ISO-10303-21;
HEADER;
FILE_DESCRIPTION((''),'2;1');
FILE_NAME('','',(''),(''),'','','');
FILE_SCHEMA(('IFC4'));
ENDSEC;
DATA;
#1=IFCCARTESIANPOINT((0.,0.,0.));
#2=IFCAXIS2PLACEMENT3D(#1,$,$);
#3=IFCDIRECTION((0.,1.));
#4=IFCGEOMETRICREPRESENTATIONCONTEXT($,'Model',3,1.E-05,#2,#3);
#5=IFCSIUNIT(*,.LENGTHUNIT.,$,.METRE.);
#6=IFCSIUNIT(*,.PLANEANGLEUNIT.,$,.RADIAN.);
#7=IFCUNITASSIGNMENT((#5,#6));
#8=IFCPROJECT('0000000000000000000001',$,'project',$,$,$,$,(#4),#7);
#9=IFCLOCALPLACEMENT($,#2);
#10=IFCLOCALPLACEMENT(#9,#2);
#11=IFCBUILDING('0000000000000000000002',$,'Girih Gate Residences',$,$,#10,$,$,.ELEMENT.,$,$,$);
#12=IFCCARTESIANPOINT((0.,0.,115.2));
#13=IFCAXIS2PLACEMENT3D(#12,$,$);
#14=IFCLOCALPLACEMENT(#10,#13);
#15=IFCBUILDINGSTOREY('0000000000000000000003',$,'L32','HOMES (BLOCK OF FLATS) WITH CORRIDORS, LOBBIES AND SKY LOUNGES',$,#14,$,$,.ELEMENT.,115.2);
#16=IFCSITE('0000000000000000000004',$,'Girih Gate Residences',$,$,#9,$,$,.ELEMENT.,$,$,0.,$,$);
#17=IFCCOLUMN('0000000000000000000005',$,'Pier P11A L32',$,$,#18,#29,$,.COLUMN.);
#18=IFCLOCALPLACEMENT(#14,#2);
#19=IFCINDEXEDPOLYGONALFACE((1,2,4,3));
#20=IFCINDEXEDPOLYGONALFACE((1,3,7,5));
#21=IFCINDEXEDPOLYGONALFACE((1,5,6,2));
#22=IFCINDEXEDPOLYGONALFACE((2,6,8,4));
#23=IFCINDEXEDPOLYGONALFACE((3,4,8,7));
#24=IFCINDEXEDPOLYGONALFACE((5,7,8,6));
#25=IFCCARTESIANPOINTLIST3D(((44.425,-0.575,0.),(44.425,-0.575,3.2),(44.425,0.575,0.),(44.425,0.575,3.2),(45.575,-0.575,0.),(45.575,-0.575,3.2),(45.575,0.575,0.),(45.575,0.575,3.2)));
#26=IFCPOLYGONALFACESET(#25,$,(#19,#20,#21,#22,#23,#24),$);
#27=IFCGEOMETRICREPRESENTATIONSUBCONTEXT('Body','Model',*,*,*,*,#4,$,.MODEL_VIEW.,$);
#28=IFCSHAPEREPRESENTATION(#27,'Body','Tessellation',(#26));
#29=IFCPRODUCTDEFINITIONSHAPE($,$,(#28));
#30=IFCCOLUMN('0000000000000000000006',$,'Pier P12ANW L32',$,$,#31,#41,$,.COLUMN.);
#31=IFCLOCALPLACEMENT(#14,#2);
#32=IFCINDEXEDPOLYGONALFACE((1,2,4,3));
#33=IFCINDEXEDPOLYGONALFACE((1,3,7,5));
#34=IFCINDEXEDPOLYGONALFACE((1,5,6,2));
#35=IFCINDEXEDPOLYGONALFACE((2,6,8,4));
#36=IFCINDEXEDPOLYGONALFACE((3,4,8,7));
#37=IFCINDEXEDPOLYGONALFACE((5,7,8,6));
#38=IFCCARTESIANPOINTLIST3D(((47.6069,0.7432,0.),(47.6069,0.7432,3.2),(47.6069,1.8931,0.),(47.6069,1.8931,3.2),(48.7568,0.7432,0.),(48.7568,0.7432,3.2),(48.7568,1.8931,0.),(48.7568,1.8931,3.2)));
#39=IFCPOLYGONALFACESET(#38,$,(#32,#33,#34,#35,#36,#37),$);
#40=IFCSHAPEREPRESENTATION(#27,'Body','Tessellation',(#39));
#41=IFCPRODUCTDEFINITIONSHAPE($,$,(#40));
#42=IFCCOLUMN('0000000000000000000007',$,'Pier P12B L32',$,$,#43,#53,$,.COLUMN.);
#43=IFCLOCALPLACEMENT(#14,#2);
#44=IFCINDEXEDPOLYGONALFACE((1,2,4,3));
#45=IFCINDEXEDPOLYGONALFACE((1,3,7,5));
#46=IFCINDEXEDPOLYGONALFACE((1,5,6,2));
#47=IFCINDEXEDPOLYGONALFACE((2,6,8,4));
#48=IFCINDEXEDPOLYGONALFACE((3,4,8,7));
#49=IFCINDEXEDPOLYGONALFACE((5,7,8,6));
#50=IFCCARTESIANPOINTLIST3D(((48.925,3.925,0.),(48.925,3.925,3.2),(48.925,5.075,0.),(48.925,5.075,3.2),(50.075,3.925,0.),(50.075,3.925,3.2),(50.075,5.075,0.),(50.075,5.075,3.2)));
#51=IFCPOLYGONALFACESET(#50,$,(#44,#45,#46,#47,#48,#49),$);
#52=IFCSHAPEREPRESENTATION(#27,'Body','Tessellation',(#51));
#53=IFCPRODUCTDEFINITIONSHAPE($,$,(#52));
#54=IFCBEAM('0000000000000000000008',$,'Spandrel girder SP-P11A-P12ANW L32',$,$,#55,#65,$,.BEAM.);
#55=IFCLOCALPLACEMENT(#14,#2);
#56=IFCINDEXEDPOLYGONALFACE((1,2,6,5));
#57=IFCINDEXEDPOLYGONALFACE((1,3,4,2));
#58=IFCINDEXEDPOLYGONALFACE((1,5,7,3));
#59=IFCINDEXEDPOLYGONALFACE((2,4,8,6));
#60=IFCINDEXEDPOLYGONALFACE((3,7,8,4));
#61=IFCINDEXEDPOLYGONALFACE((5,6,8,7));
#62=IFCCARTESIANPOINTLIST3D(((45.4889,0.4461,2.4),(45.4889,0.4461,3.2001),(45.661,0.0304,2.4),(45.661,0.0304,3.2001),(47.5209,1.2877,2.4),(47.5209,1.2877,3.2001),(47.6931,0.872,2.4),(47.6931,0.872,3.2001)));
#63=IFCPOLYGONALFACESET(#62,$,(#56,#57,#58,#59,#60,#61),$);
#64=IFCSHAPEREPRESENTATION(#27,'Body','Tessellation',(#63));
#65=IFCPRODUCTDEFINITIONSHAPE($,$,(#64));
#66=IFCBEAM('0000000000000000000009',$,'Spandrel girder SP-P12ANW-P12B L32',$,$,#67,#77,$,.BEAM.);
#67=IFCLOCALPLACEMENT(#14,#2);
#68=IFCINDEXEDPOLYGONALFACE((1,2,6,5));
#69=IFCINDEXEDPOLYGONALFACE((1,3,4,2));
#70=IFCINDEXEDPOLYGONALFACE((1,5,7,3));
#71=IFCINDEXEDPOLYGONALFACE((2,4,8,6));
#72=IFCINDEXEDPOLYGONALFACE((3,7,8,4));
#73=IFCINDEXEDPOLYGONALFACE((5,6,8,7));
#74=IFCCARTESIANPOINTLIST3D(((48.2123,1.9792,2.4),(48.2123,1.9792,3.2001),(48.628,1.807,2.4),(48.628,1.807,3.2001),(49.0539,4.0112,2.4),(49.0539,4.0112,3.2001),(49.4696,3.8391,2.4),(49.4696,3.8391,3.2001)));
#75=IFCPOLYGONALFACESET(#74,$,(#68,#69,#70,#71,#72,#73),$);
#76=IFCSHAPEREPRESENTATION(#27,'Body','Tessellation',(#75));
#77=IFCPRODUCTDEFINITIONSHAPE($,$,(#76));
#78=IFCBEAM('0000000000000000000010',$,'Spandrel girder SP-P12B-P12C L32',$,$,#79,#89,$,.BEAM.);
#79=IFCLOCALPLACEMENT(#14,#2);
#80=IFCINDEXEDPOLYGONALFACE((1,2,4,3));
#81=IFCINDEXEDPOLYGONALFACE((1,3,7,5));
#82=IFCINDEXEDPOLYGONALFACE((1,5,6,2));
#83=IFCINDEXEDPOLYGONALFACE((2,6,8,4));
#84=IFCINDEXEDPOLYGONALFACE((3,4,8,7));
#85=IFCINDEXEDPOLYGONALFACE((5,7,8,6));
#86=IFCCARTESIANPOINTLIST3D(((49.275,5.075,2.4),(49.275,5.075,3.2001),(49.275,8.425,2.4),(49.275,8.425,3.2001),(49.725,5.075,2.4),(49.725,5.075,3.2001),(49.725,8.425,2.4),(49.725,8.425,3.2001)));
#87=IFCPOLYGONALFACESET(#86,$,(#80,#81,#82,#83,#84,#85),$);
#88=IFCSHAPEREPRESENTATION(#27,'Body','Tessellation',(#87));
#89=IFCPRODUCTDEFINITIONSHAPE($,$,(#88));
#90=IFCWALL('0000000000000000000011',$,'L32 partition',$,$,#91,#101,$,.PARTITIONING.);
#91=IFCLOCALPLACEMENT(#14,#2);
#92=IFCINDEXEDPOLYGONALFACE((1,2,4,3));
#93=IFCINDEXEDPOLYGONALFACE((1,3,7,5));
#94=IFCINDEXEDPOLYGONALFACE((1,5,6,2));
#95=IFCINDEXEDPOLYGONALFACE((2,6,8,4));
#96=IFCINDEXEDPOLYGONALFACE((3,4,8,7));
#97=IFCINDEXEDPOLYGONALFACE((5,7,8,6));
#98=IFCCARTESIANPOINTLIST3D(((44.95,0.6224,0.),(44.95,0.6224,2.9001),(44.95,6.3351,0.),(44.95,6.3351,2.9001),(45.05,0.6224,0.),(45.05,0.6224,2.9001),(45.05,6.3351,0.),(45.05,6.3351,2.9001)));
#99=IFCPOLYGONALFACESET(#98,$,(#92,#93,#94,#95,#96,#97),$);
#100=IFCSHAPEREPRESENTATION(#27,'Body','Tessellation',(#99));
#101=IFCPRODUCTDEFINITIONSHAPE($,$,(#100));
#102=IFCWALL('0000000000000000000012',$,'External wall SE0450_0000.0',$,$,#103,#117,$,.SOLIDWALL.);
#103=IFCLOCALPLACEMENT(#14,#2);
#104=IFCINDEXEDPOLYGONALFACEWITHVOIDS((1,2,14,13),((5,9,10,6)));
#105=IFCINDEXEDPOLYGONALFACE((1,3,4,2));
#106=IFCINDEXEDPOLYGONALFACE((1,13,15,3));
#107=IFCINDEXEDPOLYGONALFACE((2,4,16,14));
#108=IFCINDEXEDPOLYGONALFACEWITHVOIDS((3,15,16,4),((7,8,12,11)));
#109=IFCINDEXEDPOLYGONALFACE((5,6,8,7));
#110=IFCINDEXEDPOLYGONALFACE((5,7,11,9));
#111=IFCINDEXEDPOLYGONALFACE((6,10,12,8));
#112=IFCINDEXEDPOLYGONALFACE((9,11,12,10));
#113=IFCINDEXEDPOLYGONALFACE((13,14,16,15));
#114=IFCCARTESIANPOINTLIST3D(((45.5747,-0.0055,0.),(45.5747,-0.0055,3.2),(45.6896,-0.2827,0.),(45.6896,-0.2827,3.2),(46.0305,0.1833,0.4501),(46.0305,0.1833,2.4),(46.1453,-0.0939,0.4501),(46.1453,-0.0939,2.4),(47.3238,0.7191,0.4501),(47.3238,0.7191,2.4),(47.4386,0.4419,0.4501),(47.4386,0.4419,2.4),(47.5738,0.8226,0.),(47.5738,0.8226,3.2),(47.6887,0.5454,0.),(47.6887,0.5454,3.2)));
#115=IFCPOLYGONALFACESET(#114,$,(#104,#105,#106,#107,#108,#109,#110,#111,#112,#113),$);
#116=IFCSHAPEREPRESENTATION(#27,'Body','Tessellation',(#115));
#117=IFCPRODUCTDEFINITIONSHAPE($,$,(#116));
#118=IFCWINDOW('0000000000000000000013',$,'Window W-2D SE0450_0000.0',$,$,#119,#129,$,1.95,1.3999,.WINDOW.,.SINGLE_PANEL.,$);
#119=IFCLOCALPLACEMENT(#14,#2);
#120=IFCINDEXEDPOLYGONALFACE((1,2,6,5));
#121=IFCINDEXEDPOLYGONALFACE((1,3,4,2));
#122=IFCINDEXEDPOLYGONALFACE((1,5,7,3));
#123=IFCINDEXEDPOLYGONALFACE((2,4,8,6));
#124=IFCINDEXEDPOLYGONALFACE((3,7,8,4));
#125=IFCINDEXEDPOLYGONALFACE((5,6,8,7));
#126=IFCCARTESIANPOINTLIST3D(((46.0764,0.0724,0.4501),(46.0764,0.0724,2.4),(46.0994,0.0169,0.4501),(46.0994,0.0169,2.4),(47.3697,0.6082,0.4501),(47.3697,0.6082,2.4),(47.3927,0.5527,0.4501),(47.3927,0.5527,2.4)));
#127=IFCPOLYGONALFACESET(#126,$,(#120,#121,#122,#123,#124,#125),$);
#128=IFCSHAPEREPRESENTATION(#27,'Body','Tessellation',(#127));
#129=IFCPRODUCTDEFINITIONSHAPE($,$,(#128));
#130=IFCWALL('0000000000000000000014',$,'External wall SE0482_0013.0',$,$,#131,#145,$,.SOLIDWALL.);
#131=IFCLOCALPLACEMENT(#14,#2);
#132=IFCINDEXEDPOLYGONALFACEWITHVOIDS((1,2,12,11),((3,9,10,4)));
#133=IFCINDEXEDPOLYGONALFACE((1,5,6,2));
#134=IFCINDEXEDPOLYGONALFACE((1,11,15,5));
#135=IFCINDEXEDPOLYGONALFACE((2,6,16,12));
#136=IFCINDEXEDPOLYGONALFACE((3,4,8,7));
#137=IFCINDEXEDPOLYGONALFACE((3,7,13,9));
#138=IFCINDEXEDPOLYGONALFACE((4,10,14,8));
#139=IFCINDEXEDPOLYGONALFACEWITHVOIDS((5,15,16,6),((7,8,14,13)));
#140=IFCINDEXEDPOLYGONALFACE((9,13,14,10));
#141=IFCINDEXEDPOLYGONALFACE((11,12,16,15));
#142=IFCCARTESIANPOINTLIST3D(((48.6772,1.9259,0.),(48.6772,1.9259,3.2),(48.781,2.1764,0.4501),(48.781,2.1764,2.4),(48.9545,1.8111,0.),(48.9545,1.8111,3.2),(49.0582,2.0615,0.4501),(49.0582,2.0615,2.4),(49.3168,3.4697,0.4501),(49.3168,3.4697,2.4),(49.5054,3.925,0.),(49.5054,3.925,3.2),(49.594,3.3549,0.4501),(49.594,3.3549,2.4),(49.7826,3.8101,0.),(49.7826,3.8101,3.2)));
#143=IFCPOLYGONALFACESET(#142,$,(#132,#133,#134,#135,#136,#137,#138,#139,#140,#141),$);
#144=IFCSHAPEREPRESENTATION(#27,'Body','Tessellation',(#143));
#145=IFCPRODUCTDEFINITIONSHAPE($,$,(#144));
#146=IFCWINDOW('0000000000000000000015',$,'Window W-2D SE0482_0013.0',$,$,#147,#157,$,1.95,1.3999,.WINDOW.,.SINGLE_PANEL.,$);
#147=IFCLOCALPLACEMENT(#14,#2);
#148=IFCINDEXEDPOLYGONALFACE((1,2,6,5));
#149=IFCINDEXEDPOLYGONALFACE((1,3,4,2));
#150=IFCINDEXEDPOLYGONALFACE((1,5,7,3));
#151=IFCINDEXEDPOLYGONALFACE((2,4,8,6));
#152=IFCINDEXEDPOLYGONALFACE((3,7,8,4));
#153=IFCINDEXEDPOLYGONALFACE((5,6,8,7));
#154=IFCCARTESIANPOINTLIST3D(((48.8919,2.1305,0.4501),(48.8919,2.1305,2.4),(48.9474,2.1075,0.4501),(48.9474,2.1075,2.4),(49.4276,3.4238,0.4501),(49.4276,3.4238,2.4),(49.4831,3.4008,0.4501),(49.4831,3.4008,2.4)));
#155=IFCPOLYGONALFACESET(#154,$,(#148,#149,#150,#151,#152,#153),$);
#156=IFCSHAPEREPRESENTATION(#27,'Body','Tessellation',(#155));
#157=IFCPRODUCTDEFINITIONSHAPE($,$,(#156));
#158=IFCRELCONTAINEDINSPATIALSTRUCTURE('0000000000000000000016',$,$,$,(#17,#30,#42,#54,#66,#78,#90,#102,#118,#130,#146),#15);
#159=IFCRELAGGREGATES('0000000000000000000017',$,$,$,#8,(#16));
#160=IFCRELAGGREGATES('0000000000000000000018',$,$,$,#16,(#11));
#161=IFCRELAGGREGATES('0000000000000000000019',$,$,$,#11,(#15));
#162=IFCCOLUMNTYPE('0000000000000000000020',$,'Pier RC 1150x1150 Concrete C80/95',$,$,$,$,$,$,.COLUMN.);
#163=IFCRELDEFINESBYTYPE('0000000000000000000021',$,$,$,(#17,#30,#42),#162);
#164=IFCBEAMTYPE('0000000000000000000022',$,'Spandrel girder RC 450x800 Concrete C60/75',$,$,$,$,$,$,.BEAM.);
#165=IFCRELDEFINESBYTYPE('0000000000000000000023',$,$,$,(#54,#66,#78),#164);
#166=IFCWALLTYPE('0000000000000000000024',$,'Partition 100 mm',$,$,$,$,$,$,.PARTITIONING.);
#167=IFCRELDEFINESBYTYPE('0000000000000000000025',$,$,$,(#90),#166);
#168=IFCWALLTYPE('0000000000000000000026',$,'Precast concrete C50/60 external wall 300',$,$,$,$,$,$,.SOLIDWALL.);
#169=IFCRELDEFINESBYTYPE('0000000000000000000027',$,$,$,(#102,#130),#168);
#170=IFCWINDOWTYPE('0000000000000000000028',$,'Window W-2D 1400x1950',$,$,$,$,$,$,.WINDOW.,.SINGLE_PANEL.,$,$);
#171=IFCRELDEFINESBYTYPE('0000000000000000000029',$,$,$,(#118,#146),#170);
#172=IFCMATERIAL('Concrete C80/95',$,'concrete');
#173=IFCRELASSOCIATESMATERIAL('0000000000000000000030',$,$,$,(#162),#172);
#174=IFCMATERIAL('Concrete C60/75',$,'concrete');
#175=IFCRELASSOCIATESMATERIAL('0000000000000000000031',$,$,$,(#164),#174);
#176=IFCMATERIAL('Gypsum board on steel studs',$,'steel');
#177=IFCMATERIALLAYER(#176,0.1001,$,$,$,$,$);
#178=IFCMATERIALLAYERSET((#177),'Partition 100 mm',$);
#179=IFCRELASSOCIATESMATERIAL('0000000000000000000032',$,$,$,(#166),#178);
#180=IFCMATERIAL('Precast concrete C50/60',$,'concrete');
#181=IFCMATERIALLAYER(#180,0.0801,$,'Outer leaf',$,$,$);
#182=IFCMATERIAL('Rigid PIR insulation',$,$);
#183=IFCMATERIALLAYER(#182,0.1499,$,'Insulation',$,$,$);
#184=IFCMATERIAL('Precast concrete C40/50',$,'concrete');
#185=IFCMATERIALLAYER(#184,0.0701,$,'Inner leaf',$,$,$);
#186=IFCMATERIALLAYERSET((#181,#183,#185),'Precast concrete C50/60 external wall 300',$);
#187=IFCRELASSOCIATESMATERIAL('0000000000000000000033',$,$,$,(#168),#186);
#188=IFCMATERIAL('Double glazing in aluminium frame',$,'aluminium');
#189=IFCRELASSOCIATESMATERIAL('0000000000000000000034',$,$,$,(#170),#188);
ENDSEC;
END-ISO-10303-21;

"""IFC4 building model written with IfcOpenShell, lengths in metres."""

from ifc_helpers import new_model, si_unit, direction, frame, frame_2d, origin, origin_2d, place, context, subcontext, project, spatial, rectangle, extrude, material, layer, layer_set, material_profile, profile_set, type_object, element, fill, save


model = new_model("IFC4")

# Units and contexts
model_context = context("Model", 3, precision=1e-05, world=origin(), true_north=direction((0.0, 1.0)))
body_context = subcontext(model_context, "Body", "Model", "MODEL_VIEW")
ifc_project = project(units=[si_unit("LENGTHUNIT", "METRE"), si_unit("PLANEANGLEUNIT", "RADIAN")], contexts=[model_context])

# Site, building, storey
site_placement = place(None, origin())
site = spatial("IfcSite", under=ifc_project, at=site_placement, Name="Girih Gate Residences", CompositionType="ELEMENT", RefElevation=0.0)
building_placement = place(site_placement, origin())
building = spatial("IfcBuilding", under=site, at=building_placement, Name="Girih Gate Residences", CompositionType="ELEMENT")
storey_placement = place(building_placement, frame((0.0, 0.0, 115.2)))
storey = spatial("IfcBuildingStorey", under=building, at=storey_placement, Name="L32", Description="HOMES (BLOCK OF FLATS) WITH CORRIDORS, LOBBIES AND SKY LOUNGES", CompositionType="ELEMENT", Elevation=115.2)

# Columns
ifc_material_1 = material(Name="Concrete C80/95", Category="concrete")
ifc_material_profile_1 = material_profile(ifc_material_1, rectangle(XDim=1.1499, YDim=1.1499, at=origin_2d()))
ifc_profile_set_1 = profile_set([ifc_material_profile_1], Name="Concrete C80/95")
column_type = type_object("IfcColumnType", Name="Pier RC 1150x1150 Concrete C80/95", PredefinedType="COLUMN", material=ifc_profile_set_1)
for number, where, z_axis, x_axis, name in (
    (1, (45.0, 0.0, 0.0), (0.0, 0.0, 1.0), (1.0, 0.0, 0.0), "Pier P11A L32"),
    (2, (48.1819, 1.3181, 0.0), (0.0, 0.0, 1.0), (1.0, 0.0, 0.0), "Pier P12ANW L32"),
    (3, (49.5, 4.5, 0.0), (0.0, 0.0, 1.0), (1.0, 0.0, 0.0), "Pier P12B L32"),
):
    element("IfcColumn", number, at=place(storey_placement, frame(where, z_axis=z_axis, x_axis=x_axis)), inside=storey, type_object=column_type, Name=name, PredefinedType="COLUMN", context=body_context, shape_type="SweptSolid", body=[
        extrude(rectangle(XDim=1.1499, YDim=1.1499, at=origin_2d()), origin(), (0.0, 0.0, 1.0), 3.2),
    ])

# Beams
ifc_material_2 = material(Name="Concrete C60/75", Category="concrete")
ifc_material_profile_2 = material_profile(ifc_material_2, rectangle(XDim=0.45, YDim=0.8, at=origin_2d()))
ifc_profile_set_2 = profile_set([ifc_material_profile_2], Name="Concrete C60/75")
beam_type = type_object("IfcBeamType", Name="Spandrel girder RC 450x800 Concrete C60/75", PredefinedType="BEAM", material=ifc_profile_set_2)
for number, where, z_axis, x_axis, name in (
    (4, (45.575, 0.2383, 2.8), (0.923899, 0.382636, 0.0), (-0.382636, 0.923899, 0.0), "Spandrel girder SP-P11A-P12ANW L32"),
    (5, (48.4202, 1.8931, 2.8), (0.382636, 0.923899, 0.0), (-0.923899, 0.382636, 0.0), "Spandrel girder SP-P12ANW-P12B L32"),
):
    element("IfcBeam", number, at=place(storey_placement, frame(where, z_axis=z_axis, x_axis=x_axis)), inside=storey, type_object=beam_type, Name=name, PredefinedType="BEAM", context=body_context, shape_type="SweptSolid", body=[
        extrude(rectangle(XDim=0.45, YDim=0.8, at=origin_2d()), origin(), (0.0, 0.0, 1.0), 2.1995),
    ])
beam_placement = place(storey_placement, frame((49.5, 5.075, 2.8), z_axis=(0.0, 1.0, 0.0), x_axis=(-1.0, 0.0, 0.0)))
element("IfcBeam", 6, at=beam_placement, inside=storey, type_object=beam_type, Name="Spandrel girder SP-P12B-P12C L32", PredefinedType="BEAM", context=body_context, shape_type="SweptSolid", body=[
    extrude(rectangle(XDim=0.45, YDim=0.8, at=origin_2d()), origin(), (0.0, 0.0, 1.0), 3.3501),
])

# Wall
ifc_material_3 = material(Name="Gypsum board on steel studs", Category="steel")
ifc_layer_1 = layer(ifc_material_3, 0.1001)
ifc_layer_set_1 = layer_set([ifc_layer_1], Name="Partition 100 mm")
wall_type_1 = type_object("IfcWallType", Name="Partition 100 mm", PredefinedType="PARTITIONING", material=ifc_layer_set_1)
wall_1_placement = place(storey_placement, frame((45.0, 0.6223, 0.0), z_axis=(0.0, 0.0, 1.0), x_axis=(0.0, 1.0, 0.0)))
element("IfcWall", 7, at=wall_1_placement, inside=storey, type_object=wall_type_1, Name="L32 partition", PredefinedType="PARTITIONING", context=body_context, shape_type="SweptSolid", body=[
    extrude(rectangle(XDim=5.7126, YDim=0.1001, at=frame_2d((2.8564, 0.0))), origin(), (0.0, 0.0, 1.0), 2.9001),
])

# Walls, openings, windows
ifc_material_4 = material(Name="Precast concrete C50/60", Category="concrete")
ifc_layer_2 = layer(ifc_material_4, 0.0801, Name="Outer leaf")
ifc_material_5 = material(Name="Rigid PIR insulation")
ifc_layer_3 = layer(ifc_material_5, 0.1499, Name="Insulation")
ifc_material_6 = material(Name="Precast concrete C40/50", Category="concrete")
ifc_layer_4 = layer(ifc_material_6, 0.0701, Name="Inner leaf")
ifc_layer_set_2 = layer_set([ifc_layer_2, ifc_layer_3, ifc_layer_4], Name="Precast concrete C50/60 external wall 300")
wall_type_2 = type_object("IfcWallType", Name="Precast concrete C50/60 external wall 300", PredefinedType="SOLIDWALL", material=ifc_layer_set_2)
wall_2_placement = place(storey_placement, frame((47.6313, 0.6841, 0.0), z_axis=(0.0, 0.0, 1.0), x_axis=(-0.923863, -0.382724, 0.0)))
wall_2 = element("IfcWall", 8, at=wall_2_placement, inside=storey, type_object=wall_type_2, Name="External wall SE0450_0000.0", PredefinedType="SOLIDWALL", context=body_context, shape_type="SweptSolid", body=[
    extrude(rectangle(XDim=2.1638, YDim=0.3, at=frame_2d((1.082, 0.0))), origin(), (0.0, 0.0, 1.0), 3.2),
])
opening_1_placement = place(wall_2_placement, frame((0.2708, 0.0, 0.45)))
opening_1 = element("IfcOpeningElement", 9, at=opening_1_placement, cuts=wall_2, PredefinedType="OPENING", context=body_context, shape_type="SweptSolid", body=[
    extrude(rectangle(XDim=1.3999, YDim=1.95, at=frame_2d((0.7, 0.9751))), frame((0.0, 0.1599, 0.0), z_axis=(0.0, -1.0, 0.0), x_axis=(1.0, 0.0, 0.0)), (0.0, 0.0, 1.0), 0.3201),
])
ifc_material_7 = material(Name="Double glazing in aluminium frame", Category="aluminium")
window_type_1 = type_object("IfcWindowType", Name="Window W-2D 1400x1950", PartitioningType="SINGLE_PANEL", PredefinedType="WINDOW", material=ifc_material_7)
window_1_placement = place(opening_1_placement, origin())
window_1 = element("IfcWindow", 10, at=window_1_placement, inside=storey, type_object=window_type_1, Name="Window W-2D SE0450_0000.0", OverallHeight=1.95, OverallWidth=1.3999, PartitioningType="SINGLE_PANEL", PredefinedType="WINDOW", context=body_context, shape_type="SweptSolid", body=[
    extrude(rectangle(XDim=1.3999, YDim=1.95, at=frame_2d((0.7, 0.9751))), frame((0.0, 0.03, 0.0), z_axis=(0.0, -1.0, 0.0), x_axis=(1.0, 0.0, 0.0)), (0.0, 0.0, 1.0), 0.0601),
])
fill(opening_1, window_1)
wall_3_placement = place(storey_placement, frame((49.644, 3.8677, 0.0), z_axis=(0.0, 0.0, 1.0), x_axis=(-0.382724, -0.923863, 0.0)))
wall_3 = element("IfcWall", 11, at=wall_3_placement, inside=storey, type_object=wall_type_2, Name="External wall SE0482_0013.0", PredefinedType="SOLIDWALL", context=body_context, shape_type="SweptSolid", body=[
    extrude(rectangle(XDim=2.1638, YDim=0.3, at=frame_2d((1.082, 0.0))), origin(), (0.0, 0.0, 1.0), 3.2),
])
opening_2_placement = place(wall_3_placement, frame((0.4929, 0.0, 0.45)))
opening_2 = element("IfcOpeningElement", 12, at=opening_2_placement, cuts=wall_3, PredefinedType="OPENING", context=body_context, shape_type="SweptSolid", body=[
    extrude(rectangle(XDim=1.3999, YDim=1.95, at=frame_2d((0.7, 0.9751))), frame((0.0, 0.1599, 0.0), z_axis=(0.0, -1.0, 0.0), x_axis=(1.0, 0.0, 0.0)), (0.0, 0.0, 1.0), 0.3201),
])
window_2_placement = place(opening_2_placement, origin())
window_2 = element("IfcWindow", 13, at=window_2_placement, inside=storey, type_object=window_type_1, Name="Window W-2D SE0482_0013.0", OverallHeight=1.95, OverallWidth=1.3999, PartitioningType="SINGLE_PANEL", PredefinedType="WINDOW", context=body_context, shape_type="SweptSolid", body=[
    extrude(rectangle(XDim=1.3999, YDim=1.95, at=frame_2d((0.7, 0.9751))), frame((0.0, 0.03, 0.0), z_axis=(0.0, -1.0, 0.0), x_axis=(1.0, 0.0, 0.0)), (0.0, 0.0, 1.0), 0.0601),
])
fill(opening_2, window_2)

save(model, "model.ifc")
